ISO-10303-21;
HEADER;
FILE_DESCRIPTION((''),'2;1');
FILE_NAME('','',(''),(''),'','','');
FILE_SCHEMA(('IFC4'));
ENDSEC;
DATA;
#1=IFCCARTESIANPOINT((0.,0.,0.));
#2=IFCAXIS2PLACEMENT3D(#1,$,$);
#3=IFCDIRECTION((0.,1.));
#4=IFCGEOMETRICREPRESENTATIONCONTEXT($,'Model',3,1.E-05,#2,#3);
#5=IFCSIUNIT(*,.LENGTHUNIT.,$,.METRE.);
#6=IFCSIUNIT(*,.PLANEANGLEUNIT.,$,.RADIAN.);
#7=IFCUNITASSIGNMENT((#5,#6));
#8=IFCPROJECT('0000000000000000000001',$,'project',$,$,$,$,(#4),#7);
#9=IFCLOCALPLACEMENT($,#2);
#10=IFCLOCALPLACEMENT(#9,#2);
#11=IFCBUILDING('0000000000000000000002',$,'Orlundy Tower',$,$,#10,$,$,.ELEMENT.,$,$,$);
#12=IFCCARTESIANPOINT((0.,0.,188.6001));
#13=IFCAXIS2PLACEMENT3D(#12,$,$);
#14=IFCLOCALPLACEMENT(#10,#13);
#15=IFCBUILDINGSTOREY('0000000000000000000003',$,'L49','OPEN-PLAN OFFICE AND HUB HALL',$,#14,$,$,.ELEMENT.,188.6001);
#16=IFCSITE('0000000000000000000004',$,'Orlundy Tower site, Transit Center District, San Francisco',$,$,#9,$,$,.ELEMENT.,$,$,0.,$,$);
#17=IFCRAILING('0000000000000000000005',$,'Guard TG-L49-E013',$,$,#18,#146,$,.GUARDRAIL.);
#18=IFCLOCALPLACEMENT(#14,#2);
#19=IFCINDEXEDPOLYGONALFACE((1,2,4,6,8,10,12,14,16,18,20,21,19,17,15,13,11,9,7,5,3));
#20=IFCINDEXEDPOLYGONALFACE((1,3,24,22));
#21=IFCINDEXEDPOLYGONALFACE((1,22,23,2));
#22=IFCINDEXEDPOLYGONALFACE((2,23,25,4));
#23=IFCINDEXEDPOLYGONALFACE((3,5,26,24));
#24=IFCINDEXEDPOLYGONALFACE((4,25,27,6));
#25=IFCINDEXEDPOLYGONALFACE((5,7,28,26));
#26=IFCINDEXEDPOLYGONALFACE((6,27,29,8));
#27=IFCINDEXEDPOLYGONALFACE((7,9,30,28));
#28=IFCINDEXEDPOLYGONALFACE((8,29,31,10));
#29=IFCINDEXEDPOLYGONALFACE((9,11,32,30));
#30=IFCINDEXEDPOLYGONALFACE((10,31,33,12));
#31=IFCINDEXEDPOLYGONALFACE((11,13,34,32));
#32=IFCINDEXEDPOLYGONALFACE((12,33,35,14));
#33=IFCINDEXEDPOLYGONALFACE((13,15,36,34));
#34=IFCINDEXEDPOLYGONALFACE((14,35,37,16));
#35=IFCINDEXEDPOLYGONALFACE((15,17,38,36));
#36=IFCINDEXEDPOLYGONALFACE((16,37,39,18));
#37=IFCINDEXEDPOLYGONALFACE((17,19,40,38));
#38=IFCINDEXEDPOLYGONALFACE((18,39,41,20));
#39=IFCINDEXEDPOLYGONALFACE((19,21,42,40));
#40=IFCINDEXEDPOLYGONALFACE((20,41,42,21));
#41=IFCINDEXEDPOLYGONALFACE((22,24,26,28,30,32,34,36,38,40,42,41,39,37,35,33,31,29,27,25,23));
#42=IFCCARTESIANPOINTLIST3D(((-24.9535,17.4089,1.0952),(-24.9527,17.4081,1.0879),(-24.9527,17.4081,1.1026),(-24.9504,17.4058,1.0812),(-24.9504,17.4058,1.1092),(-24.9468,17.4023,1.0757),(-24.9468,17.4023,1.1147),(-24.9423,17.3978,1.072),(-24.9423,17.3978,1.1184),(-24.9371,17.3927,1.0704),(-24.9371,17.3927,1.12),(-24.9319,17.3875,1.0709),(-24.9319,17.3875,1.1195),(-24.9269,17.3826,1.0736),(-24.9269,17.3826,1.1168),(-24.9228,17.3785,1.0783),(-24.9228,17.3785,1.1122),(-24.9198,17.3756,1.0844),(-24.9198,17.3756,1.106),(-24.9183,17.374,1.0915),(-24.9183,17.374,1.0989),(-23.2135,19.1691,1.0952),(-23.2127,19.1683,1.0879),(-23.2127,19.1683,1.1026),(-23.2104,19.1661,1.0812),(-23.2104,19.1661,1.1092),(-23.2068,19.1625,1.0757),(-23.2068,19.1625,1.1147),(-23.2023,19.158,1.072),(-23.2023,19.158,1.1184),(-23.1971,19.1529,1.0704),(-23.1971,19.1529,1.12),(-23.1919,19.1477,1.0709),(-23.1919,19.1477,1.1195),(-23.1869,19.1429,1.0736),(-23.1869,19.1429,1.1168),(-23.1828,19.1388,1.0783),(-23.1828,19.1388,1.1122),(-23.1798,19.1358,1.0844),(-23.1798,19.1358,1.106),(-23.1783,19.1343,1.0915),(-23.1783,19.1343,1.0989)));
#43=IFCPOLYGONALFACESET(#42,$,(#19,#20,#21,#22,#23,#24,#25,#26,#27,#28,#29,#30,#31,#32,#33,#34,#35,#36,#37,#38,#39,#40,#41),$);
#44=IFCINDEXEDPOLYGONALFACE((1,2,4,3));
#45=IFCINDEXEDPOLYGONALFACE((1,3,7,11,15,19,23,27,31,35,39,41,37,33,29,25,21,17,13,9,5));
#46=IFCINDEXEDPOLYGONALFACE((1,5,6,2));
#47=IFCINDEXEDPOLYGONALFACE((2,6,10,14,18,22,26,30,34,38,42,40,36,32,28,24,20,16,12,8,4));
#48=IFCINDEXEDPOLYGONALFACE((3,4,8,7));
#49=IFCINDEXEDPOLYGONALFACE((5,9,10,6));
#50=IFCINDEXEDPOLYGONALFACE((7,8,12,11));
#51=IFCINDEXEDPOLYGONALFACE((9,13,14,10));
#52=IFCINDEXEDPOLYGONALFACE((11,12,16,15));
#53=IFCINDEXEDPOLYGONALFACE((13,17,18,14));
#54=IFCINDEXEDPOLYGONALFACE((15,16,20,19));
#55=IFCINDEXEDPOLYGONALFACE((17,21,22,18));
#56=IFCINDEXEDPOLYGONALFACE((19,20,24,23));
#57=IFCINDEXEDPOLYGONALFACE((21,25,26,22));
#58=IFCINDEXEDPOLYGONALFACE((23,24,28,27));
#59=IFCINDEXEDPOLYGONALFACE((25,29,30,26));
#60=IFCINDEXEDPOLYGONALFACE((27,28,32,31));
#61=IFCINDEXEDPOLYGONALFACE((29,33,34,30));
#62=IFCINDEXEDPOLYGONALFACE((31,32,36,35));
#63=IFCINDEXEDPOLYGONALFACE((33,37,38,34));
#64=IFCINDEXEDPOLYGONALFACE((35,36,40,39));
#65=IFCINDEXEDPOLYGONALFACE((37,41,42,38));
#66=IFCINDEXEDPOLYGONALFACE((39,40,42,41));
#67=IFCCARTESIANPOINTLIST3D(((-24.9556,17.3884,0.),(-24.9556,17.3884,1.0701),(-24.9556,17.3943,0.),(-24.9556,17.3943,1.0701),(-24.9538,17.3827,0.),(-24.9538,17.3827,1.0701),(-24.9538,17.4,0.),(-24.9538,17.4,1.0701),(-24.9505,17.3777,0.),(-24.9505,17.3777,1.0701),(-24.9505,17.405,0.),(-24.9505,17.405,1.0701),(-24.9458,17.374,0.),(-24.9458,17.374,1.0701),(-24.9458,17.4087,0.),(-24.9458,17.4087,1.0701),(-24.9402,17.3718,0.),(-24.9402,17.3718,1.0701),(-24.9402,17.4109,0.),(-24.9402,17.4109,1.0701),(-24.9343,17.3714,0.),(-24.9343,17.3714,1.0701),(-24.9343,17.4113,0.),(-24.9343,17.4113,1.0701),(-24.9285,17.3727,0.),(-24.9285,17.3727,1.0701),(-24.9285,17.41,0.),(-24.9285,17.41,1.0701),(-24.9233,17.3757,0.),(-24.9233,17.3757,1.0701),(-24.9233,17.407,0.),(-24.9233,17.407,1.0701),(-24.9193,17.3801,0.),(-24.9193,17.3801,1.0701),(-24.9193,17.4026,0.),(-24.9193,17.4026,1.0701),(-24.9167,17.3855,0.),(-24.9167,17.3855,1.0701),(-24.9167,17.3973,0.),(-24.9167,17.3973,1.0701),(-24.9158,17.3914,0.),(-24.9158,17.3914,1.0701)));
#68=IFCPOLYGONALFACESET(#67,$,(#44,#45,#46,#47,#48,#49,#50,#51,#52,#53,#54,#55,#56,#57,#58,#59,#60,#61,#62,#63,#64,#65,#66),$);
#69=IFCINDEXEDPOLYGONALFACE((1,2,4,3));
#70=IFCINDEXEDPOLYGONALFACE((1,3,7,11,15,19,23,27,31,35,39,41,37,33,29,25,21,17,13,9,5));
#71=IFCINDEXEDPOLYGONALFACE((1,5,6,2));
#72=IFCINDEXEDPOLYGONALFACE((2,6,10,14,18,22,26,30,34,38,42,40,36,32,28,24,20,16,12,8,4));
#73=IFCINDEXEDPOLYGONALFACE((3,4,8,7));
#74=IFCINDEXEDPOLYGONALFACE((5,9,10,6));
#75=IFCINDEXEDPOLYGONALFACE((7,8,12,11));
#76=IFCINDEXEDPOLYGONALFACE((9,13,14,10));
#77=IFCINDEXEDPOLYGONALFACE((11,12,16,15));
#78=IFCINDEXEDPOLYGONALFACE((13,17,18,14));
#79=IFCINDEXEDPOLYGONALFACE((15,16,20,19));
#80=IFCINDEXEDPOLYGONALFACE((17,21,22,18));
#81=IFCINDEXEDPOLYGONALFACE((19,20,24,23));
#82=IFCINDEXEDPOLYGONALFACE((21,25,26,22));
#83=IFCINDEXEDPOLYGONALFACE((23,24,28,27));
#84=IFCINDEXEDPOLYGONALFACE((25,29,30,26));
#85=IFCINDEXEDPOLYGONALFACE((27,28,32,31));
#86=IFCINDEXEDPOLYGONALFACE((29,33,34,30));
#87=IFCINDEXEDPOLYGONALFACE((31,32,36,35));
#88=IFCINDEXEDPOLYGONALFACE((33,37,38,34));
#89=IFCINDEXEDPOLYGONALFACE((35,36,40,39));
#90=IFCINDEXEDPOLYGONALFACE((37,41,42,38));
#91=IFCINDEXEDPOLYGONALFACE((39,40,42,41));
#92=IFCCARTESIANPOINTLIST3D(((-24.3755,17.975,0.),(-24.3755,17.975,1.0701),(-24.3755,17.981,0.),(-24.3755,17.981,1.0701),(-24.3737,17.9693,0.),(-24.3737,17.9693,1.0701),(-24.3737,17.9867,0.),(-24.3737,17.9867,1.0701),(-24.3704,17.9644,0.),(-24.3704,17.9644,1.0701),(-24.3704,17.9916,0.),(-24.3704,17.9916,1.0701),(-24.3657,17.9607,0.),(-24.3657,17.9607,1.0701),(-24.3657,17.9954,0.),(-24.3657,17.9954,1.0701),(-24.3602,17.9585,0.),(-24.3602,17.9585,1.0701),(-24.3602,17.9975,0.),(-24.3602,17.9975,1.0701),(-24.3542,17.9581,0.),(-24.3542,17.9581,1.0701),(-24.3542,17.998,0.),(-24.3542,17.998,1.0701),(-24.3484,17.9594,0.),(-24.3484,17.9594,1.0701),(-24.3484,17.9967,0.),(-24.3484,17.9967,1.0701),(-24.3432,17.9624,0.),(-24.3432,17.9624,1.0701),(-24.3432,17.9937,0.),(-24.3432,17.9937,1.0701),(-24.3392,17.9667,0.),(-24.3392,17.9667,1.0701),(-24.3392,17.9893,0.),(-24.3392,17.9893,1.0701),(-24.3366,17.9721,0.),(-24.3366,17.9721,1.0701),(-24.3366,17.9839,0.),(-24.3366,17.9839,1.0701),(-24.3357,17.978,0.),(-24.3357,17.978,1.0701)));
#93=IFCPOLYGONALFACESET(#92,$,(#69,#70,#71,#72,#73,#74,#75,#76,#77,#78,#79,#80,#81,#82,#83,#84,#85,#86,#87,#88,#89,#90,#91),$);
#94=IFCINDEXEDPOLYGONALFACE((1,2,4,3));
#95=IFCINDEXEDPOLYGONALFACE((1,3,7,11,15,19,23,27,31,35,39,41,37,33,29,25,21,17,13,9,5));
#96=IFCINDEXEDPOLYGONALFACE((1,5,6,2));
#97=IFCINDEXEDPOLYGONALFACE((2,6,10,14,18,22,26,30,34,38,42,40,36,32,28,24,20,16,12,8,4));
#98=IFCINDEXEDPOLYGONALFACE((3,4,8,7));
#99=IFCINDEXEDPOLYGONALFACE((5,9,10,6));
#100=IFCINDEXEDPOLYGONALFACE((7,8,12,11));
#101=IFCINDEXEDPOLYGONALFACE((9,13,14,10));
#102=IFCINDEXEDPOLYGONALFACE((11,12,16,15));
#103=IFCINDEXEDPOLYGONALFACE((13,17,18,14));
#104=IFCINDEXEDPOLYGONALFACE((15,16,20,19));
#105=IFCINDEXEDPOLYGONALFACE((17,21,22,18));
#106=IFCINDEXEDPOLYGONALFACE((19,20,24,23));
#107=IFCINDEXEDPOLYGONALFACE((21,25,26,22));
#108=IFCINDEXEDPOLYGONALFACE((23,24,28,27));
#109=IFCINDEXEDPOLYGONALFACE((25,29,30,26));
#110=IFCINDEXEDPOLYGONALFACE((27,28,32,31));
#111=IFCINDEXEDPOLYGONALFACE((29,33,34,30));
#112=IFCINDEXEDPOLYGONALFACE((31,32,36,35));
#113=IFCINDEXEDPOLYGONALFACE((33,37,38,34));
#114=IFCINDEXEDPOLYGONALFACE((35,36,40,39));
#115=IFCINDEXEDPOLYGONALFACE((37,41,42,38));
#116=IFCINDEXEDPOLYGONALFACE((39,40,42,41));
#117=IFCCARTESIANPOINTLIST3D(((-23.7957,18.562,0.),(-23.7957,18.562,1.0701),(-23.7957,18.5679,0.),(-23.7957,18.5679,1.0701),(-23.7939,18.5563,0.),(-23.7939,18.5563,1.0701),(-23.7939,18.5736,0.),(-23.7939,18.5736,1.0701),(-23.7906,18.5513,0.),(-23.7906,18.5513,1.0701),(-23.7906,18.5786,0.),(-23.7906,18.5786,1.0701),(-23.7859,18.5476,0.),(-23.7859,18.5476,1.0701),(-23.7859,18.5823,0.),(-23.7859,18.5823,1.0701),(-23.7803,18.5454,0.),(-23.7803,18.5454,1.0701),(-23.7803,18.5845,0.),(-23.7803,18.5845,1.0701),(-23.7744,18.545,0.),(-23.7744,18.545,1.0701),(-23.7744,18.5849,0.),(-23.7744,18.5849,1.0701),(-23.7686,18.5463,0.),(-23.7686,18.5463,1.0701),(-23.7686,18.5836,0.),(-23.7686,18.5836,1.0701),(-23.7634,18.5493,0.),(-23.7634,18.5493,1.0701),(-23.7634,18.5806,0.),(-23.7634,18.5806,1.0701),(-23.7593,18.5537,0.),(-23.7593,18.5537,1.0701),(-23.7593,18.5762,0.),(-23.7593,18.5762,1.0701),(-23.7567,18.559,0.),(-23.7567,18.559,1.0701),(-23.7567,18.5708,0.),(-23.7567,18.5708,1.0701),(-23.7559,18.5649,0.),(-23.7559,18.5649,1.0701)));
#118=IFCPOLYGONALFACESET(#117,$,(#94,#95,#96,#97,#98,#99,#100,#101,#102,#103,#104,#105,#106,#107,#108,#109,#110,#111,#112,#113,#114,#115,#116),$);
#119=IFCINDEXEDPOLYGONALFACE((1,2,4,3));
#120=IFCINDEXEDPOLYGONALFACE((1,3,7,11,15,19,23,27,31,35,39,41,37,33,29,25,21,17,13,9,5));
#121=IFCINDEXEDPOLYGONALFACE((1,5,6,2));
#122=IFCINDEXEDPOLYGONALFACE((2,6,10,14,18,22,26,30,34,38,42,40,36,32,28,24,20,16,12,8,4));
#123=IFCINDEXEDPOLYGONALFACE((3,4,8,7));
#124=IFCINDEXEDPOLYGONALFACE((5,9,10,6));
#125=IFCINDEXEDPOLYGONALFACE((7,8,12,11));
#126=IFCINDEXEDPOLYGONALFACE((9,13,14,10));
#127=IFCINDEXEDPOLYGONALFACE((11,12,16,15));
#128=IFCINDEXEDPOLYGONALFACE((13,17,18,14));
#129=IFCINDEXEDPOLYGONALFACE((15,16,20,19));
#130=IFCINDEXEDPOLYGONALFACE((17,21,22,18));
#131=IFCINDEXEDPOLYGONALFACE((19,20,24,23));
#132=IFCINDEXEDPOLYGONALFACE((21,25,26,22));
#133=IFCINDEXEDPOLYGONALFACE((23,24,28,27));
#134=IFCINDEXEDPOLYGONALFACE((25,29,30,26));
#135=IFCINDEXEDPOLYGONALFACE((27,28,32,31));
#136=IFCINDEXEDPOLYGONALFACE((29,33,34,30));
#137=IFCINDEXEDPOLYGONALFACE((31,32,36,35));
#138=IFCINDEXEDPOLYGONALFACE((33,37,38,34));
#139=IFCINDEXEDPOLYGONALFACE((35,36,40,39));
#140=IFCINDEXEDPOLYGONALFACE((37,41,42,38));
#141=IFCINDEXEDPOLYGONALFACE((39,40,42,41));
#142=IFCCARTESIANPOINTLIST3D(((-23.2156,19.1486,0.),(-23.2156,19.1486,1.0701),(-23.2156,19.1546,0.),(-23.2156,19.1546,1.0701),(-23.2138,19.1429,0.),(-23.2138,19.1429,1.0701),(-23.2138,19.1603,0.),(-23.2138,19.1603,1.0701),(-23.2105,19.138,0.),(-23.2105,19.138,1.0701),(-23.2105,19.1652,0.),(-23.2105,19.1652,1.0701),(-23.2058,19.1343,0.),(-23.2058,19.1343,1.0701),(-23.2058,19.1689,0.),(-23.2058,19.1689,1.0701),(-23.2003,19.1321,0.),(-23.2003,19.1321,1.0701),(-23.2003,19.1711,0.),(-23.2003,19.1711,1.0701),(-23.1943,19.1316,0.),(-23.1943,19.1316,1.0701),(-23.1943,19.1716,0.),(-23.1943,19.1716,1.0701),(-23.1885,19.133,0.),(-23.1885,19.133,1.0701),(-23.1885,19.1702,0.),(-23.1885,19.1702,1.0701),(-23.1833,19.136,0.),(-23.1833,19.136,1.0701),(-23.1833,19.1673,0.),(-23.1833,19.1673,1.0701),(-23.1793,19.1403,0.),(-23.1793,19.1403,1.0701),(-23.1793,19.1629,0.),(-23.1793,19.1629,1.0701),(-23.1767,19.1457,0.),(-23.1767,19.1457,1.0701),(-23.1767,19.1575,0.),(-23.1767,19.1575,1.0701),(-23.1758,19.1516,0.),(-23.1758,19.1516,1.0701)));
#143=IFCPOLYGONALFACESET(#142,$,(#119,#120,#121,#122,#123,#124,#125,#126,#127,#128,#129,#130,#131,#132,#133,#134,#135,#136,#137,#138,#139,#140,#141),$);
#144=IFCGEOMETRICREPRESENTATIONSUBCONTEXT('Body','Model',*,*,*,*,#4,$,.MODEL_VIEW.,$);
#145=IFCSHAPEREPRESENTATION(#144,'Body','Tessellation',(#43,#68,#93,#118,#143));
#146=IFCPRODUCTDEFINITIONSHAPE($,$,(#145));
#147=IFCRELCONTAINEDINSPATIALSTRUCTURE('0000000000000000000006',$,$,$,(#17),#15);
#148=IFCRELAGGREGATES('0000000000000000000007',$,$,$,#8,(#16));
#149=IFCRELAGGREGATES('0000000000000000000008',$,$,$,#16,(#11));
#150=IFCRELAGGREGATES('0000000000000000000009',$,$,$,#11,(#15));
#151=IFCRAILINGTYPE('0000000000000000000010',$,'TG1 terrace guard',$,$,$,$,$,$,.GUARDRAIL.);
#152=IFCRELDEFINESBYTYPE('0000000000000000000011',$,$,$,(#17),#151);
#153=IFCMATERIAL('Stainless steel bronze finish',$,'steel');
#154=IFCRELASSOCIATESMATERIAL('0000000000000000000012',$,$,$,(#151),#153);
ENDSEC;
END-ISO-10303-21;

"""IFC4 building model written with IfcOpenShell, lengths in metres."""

from ifc_helpers import new_model, si_unit, direction, frame, origin, origin_2d, place, context, subcontext, project, spatial, circle, extrude, material, type_object, element, save


model = new_model("IFC4")

# Units and contexts
model_context = context("Model", 3, precision=1e-05, world=origin(), true_north=direction((0.0, 1.0)))
body_context = subcontext(model_context, "Body", "Model", "MODEL_VIEW")
ifc_project = project(units=[si_unit("LENGTHUNIT", "METRE"), si_unit("PLANEANGLEUNIT", "RADIAN")], contexts=[model_context])

# Site, building, storey
site_placement = place(None, origin())
site = spatial("IfcSite", under=ifc_project, at=site_placement, Name="Orlundy Tower site, Transit Center District, San Francisco", CompositionType="ELEMENT", RefElevation=0.0)
building_placement = place(site_placement, origin())
building = spatial("IfcBuilding", under=site, at=building_placement, Name="Orlundy Tower", CompositionType="ELEMENT")
storey_placement = place(building_placement, frame((0.0, 0.0, 188.6001)))
storey = spatial("IfcBuildingStorey", under=building, at=storey_placement, Name="L49", Description="OPEN-PLAN OFFICE AND HUB HALL", CompositionType="ELEMENT", Elevation=188.6001)

# Railing
ifc_material_1 = material(Name="Stainless steel bronze finish", Category="steel")
railing_type_1 = type_object("IfcRailingType", Name="TG1 terrace guard", PredefinedType="GUARDRAIL", material=ifc_material_1)
railing_1_placement = place(storey_placement, frame((-24.9358, 17.3914, 0.0)))
element("IfcRailing", 1, at=railing_1_placement, inside=storey, type_object=railing_type_1, Name="Guard TG-L49-E013", PredefinedType="GUARDRAIL", context=body_context, shape_type="SweptSolid", body=[
    extrude(circle(Radius=0.0249, at=origin_2d()), frame((0.0, 0.0, 1.0952), z_axis=(0.703001, 0.711188, 0.0), x_axis=(-0.711188, 0.703001, 0.0)), (0.0, 0.0, 1.0), 2.4751),
    extrude(circle(Radius=0.02, at=origin_2d()), origin(), (0.0, 0.0, 1.0), 1.0701),
    extrude(circle(Radius=0.02, at=origin_2d()), frame((0.5801, 0.5867, 0.0)), (0.0, 0.0, 1.0), 1.0701),
    extrude(circle(Radius=0.02, at=origin_2d()), frame((1.1599, 1.1736, 0.0)), (0.0, 0.0, 1.0), 1.0701),
    extrude(circle(Radius=0.02, at=origin_2d()), frame((1.74, 1.7603, 0.0)), (0.0, 0.0, 1.0), 1.0701),
])

save(model, "model.ifc")
